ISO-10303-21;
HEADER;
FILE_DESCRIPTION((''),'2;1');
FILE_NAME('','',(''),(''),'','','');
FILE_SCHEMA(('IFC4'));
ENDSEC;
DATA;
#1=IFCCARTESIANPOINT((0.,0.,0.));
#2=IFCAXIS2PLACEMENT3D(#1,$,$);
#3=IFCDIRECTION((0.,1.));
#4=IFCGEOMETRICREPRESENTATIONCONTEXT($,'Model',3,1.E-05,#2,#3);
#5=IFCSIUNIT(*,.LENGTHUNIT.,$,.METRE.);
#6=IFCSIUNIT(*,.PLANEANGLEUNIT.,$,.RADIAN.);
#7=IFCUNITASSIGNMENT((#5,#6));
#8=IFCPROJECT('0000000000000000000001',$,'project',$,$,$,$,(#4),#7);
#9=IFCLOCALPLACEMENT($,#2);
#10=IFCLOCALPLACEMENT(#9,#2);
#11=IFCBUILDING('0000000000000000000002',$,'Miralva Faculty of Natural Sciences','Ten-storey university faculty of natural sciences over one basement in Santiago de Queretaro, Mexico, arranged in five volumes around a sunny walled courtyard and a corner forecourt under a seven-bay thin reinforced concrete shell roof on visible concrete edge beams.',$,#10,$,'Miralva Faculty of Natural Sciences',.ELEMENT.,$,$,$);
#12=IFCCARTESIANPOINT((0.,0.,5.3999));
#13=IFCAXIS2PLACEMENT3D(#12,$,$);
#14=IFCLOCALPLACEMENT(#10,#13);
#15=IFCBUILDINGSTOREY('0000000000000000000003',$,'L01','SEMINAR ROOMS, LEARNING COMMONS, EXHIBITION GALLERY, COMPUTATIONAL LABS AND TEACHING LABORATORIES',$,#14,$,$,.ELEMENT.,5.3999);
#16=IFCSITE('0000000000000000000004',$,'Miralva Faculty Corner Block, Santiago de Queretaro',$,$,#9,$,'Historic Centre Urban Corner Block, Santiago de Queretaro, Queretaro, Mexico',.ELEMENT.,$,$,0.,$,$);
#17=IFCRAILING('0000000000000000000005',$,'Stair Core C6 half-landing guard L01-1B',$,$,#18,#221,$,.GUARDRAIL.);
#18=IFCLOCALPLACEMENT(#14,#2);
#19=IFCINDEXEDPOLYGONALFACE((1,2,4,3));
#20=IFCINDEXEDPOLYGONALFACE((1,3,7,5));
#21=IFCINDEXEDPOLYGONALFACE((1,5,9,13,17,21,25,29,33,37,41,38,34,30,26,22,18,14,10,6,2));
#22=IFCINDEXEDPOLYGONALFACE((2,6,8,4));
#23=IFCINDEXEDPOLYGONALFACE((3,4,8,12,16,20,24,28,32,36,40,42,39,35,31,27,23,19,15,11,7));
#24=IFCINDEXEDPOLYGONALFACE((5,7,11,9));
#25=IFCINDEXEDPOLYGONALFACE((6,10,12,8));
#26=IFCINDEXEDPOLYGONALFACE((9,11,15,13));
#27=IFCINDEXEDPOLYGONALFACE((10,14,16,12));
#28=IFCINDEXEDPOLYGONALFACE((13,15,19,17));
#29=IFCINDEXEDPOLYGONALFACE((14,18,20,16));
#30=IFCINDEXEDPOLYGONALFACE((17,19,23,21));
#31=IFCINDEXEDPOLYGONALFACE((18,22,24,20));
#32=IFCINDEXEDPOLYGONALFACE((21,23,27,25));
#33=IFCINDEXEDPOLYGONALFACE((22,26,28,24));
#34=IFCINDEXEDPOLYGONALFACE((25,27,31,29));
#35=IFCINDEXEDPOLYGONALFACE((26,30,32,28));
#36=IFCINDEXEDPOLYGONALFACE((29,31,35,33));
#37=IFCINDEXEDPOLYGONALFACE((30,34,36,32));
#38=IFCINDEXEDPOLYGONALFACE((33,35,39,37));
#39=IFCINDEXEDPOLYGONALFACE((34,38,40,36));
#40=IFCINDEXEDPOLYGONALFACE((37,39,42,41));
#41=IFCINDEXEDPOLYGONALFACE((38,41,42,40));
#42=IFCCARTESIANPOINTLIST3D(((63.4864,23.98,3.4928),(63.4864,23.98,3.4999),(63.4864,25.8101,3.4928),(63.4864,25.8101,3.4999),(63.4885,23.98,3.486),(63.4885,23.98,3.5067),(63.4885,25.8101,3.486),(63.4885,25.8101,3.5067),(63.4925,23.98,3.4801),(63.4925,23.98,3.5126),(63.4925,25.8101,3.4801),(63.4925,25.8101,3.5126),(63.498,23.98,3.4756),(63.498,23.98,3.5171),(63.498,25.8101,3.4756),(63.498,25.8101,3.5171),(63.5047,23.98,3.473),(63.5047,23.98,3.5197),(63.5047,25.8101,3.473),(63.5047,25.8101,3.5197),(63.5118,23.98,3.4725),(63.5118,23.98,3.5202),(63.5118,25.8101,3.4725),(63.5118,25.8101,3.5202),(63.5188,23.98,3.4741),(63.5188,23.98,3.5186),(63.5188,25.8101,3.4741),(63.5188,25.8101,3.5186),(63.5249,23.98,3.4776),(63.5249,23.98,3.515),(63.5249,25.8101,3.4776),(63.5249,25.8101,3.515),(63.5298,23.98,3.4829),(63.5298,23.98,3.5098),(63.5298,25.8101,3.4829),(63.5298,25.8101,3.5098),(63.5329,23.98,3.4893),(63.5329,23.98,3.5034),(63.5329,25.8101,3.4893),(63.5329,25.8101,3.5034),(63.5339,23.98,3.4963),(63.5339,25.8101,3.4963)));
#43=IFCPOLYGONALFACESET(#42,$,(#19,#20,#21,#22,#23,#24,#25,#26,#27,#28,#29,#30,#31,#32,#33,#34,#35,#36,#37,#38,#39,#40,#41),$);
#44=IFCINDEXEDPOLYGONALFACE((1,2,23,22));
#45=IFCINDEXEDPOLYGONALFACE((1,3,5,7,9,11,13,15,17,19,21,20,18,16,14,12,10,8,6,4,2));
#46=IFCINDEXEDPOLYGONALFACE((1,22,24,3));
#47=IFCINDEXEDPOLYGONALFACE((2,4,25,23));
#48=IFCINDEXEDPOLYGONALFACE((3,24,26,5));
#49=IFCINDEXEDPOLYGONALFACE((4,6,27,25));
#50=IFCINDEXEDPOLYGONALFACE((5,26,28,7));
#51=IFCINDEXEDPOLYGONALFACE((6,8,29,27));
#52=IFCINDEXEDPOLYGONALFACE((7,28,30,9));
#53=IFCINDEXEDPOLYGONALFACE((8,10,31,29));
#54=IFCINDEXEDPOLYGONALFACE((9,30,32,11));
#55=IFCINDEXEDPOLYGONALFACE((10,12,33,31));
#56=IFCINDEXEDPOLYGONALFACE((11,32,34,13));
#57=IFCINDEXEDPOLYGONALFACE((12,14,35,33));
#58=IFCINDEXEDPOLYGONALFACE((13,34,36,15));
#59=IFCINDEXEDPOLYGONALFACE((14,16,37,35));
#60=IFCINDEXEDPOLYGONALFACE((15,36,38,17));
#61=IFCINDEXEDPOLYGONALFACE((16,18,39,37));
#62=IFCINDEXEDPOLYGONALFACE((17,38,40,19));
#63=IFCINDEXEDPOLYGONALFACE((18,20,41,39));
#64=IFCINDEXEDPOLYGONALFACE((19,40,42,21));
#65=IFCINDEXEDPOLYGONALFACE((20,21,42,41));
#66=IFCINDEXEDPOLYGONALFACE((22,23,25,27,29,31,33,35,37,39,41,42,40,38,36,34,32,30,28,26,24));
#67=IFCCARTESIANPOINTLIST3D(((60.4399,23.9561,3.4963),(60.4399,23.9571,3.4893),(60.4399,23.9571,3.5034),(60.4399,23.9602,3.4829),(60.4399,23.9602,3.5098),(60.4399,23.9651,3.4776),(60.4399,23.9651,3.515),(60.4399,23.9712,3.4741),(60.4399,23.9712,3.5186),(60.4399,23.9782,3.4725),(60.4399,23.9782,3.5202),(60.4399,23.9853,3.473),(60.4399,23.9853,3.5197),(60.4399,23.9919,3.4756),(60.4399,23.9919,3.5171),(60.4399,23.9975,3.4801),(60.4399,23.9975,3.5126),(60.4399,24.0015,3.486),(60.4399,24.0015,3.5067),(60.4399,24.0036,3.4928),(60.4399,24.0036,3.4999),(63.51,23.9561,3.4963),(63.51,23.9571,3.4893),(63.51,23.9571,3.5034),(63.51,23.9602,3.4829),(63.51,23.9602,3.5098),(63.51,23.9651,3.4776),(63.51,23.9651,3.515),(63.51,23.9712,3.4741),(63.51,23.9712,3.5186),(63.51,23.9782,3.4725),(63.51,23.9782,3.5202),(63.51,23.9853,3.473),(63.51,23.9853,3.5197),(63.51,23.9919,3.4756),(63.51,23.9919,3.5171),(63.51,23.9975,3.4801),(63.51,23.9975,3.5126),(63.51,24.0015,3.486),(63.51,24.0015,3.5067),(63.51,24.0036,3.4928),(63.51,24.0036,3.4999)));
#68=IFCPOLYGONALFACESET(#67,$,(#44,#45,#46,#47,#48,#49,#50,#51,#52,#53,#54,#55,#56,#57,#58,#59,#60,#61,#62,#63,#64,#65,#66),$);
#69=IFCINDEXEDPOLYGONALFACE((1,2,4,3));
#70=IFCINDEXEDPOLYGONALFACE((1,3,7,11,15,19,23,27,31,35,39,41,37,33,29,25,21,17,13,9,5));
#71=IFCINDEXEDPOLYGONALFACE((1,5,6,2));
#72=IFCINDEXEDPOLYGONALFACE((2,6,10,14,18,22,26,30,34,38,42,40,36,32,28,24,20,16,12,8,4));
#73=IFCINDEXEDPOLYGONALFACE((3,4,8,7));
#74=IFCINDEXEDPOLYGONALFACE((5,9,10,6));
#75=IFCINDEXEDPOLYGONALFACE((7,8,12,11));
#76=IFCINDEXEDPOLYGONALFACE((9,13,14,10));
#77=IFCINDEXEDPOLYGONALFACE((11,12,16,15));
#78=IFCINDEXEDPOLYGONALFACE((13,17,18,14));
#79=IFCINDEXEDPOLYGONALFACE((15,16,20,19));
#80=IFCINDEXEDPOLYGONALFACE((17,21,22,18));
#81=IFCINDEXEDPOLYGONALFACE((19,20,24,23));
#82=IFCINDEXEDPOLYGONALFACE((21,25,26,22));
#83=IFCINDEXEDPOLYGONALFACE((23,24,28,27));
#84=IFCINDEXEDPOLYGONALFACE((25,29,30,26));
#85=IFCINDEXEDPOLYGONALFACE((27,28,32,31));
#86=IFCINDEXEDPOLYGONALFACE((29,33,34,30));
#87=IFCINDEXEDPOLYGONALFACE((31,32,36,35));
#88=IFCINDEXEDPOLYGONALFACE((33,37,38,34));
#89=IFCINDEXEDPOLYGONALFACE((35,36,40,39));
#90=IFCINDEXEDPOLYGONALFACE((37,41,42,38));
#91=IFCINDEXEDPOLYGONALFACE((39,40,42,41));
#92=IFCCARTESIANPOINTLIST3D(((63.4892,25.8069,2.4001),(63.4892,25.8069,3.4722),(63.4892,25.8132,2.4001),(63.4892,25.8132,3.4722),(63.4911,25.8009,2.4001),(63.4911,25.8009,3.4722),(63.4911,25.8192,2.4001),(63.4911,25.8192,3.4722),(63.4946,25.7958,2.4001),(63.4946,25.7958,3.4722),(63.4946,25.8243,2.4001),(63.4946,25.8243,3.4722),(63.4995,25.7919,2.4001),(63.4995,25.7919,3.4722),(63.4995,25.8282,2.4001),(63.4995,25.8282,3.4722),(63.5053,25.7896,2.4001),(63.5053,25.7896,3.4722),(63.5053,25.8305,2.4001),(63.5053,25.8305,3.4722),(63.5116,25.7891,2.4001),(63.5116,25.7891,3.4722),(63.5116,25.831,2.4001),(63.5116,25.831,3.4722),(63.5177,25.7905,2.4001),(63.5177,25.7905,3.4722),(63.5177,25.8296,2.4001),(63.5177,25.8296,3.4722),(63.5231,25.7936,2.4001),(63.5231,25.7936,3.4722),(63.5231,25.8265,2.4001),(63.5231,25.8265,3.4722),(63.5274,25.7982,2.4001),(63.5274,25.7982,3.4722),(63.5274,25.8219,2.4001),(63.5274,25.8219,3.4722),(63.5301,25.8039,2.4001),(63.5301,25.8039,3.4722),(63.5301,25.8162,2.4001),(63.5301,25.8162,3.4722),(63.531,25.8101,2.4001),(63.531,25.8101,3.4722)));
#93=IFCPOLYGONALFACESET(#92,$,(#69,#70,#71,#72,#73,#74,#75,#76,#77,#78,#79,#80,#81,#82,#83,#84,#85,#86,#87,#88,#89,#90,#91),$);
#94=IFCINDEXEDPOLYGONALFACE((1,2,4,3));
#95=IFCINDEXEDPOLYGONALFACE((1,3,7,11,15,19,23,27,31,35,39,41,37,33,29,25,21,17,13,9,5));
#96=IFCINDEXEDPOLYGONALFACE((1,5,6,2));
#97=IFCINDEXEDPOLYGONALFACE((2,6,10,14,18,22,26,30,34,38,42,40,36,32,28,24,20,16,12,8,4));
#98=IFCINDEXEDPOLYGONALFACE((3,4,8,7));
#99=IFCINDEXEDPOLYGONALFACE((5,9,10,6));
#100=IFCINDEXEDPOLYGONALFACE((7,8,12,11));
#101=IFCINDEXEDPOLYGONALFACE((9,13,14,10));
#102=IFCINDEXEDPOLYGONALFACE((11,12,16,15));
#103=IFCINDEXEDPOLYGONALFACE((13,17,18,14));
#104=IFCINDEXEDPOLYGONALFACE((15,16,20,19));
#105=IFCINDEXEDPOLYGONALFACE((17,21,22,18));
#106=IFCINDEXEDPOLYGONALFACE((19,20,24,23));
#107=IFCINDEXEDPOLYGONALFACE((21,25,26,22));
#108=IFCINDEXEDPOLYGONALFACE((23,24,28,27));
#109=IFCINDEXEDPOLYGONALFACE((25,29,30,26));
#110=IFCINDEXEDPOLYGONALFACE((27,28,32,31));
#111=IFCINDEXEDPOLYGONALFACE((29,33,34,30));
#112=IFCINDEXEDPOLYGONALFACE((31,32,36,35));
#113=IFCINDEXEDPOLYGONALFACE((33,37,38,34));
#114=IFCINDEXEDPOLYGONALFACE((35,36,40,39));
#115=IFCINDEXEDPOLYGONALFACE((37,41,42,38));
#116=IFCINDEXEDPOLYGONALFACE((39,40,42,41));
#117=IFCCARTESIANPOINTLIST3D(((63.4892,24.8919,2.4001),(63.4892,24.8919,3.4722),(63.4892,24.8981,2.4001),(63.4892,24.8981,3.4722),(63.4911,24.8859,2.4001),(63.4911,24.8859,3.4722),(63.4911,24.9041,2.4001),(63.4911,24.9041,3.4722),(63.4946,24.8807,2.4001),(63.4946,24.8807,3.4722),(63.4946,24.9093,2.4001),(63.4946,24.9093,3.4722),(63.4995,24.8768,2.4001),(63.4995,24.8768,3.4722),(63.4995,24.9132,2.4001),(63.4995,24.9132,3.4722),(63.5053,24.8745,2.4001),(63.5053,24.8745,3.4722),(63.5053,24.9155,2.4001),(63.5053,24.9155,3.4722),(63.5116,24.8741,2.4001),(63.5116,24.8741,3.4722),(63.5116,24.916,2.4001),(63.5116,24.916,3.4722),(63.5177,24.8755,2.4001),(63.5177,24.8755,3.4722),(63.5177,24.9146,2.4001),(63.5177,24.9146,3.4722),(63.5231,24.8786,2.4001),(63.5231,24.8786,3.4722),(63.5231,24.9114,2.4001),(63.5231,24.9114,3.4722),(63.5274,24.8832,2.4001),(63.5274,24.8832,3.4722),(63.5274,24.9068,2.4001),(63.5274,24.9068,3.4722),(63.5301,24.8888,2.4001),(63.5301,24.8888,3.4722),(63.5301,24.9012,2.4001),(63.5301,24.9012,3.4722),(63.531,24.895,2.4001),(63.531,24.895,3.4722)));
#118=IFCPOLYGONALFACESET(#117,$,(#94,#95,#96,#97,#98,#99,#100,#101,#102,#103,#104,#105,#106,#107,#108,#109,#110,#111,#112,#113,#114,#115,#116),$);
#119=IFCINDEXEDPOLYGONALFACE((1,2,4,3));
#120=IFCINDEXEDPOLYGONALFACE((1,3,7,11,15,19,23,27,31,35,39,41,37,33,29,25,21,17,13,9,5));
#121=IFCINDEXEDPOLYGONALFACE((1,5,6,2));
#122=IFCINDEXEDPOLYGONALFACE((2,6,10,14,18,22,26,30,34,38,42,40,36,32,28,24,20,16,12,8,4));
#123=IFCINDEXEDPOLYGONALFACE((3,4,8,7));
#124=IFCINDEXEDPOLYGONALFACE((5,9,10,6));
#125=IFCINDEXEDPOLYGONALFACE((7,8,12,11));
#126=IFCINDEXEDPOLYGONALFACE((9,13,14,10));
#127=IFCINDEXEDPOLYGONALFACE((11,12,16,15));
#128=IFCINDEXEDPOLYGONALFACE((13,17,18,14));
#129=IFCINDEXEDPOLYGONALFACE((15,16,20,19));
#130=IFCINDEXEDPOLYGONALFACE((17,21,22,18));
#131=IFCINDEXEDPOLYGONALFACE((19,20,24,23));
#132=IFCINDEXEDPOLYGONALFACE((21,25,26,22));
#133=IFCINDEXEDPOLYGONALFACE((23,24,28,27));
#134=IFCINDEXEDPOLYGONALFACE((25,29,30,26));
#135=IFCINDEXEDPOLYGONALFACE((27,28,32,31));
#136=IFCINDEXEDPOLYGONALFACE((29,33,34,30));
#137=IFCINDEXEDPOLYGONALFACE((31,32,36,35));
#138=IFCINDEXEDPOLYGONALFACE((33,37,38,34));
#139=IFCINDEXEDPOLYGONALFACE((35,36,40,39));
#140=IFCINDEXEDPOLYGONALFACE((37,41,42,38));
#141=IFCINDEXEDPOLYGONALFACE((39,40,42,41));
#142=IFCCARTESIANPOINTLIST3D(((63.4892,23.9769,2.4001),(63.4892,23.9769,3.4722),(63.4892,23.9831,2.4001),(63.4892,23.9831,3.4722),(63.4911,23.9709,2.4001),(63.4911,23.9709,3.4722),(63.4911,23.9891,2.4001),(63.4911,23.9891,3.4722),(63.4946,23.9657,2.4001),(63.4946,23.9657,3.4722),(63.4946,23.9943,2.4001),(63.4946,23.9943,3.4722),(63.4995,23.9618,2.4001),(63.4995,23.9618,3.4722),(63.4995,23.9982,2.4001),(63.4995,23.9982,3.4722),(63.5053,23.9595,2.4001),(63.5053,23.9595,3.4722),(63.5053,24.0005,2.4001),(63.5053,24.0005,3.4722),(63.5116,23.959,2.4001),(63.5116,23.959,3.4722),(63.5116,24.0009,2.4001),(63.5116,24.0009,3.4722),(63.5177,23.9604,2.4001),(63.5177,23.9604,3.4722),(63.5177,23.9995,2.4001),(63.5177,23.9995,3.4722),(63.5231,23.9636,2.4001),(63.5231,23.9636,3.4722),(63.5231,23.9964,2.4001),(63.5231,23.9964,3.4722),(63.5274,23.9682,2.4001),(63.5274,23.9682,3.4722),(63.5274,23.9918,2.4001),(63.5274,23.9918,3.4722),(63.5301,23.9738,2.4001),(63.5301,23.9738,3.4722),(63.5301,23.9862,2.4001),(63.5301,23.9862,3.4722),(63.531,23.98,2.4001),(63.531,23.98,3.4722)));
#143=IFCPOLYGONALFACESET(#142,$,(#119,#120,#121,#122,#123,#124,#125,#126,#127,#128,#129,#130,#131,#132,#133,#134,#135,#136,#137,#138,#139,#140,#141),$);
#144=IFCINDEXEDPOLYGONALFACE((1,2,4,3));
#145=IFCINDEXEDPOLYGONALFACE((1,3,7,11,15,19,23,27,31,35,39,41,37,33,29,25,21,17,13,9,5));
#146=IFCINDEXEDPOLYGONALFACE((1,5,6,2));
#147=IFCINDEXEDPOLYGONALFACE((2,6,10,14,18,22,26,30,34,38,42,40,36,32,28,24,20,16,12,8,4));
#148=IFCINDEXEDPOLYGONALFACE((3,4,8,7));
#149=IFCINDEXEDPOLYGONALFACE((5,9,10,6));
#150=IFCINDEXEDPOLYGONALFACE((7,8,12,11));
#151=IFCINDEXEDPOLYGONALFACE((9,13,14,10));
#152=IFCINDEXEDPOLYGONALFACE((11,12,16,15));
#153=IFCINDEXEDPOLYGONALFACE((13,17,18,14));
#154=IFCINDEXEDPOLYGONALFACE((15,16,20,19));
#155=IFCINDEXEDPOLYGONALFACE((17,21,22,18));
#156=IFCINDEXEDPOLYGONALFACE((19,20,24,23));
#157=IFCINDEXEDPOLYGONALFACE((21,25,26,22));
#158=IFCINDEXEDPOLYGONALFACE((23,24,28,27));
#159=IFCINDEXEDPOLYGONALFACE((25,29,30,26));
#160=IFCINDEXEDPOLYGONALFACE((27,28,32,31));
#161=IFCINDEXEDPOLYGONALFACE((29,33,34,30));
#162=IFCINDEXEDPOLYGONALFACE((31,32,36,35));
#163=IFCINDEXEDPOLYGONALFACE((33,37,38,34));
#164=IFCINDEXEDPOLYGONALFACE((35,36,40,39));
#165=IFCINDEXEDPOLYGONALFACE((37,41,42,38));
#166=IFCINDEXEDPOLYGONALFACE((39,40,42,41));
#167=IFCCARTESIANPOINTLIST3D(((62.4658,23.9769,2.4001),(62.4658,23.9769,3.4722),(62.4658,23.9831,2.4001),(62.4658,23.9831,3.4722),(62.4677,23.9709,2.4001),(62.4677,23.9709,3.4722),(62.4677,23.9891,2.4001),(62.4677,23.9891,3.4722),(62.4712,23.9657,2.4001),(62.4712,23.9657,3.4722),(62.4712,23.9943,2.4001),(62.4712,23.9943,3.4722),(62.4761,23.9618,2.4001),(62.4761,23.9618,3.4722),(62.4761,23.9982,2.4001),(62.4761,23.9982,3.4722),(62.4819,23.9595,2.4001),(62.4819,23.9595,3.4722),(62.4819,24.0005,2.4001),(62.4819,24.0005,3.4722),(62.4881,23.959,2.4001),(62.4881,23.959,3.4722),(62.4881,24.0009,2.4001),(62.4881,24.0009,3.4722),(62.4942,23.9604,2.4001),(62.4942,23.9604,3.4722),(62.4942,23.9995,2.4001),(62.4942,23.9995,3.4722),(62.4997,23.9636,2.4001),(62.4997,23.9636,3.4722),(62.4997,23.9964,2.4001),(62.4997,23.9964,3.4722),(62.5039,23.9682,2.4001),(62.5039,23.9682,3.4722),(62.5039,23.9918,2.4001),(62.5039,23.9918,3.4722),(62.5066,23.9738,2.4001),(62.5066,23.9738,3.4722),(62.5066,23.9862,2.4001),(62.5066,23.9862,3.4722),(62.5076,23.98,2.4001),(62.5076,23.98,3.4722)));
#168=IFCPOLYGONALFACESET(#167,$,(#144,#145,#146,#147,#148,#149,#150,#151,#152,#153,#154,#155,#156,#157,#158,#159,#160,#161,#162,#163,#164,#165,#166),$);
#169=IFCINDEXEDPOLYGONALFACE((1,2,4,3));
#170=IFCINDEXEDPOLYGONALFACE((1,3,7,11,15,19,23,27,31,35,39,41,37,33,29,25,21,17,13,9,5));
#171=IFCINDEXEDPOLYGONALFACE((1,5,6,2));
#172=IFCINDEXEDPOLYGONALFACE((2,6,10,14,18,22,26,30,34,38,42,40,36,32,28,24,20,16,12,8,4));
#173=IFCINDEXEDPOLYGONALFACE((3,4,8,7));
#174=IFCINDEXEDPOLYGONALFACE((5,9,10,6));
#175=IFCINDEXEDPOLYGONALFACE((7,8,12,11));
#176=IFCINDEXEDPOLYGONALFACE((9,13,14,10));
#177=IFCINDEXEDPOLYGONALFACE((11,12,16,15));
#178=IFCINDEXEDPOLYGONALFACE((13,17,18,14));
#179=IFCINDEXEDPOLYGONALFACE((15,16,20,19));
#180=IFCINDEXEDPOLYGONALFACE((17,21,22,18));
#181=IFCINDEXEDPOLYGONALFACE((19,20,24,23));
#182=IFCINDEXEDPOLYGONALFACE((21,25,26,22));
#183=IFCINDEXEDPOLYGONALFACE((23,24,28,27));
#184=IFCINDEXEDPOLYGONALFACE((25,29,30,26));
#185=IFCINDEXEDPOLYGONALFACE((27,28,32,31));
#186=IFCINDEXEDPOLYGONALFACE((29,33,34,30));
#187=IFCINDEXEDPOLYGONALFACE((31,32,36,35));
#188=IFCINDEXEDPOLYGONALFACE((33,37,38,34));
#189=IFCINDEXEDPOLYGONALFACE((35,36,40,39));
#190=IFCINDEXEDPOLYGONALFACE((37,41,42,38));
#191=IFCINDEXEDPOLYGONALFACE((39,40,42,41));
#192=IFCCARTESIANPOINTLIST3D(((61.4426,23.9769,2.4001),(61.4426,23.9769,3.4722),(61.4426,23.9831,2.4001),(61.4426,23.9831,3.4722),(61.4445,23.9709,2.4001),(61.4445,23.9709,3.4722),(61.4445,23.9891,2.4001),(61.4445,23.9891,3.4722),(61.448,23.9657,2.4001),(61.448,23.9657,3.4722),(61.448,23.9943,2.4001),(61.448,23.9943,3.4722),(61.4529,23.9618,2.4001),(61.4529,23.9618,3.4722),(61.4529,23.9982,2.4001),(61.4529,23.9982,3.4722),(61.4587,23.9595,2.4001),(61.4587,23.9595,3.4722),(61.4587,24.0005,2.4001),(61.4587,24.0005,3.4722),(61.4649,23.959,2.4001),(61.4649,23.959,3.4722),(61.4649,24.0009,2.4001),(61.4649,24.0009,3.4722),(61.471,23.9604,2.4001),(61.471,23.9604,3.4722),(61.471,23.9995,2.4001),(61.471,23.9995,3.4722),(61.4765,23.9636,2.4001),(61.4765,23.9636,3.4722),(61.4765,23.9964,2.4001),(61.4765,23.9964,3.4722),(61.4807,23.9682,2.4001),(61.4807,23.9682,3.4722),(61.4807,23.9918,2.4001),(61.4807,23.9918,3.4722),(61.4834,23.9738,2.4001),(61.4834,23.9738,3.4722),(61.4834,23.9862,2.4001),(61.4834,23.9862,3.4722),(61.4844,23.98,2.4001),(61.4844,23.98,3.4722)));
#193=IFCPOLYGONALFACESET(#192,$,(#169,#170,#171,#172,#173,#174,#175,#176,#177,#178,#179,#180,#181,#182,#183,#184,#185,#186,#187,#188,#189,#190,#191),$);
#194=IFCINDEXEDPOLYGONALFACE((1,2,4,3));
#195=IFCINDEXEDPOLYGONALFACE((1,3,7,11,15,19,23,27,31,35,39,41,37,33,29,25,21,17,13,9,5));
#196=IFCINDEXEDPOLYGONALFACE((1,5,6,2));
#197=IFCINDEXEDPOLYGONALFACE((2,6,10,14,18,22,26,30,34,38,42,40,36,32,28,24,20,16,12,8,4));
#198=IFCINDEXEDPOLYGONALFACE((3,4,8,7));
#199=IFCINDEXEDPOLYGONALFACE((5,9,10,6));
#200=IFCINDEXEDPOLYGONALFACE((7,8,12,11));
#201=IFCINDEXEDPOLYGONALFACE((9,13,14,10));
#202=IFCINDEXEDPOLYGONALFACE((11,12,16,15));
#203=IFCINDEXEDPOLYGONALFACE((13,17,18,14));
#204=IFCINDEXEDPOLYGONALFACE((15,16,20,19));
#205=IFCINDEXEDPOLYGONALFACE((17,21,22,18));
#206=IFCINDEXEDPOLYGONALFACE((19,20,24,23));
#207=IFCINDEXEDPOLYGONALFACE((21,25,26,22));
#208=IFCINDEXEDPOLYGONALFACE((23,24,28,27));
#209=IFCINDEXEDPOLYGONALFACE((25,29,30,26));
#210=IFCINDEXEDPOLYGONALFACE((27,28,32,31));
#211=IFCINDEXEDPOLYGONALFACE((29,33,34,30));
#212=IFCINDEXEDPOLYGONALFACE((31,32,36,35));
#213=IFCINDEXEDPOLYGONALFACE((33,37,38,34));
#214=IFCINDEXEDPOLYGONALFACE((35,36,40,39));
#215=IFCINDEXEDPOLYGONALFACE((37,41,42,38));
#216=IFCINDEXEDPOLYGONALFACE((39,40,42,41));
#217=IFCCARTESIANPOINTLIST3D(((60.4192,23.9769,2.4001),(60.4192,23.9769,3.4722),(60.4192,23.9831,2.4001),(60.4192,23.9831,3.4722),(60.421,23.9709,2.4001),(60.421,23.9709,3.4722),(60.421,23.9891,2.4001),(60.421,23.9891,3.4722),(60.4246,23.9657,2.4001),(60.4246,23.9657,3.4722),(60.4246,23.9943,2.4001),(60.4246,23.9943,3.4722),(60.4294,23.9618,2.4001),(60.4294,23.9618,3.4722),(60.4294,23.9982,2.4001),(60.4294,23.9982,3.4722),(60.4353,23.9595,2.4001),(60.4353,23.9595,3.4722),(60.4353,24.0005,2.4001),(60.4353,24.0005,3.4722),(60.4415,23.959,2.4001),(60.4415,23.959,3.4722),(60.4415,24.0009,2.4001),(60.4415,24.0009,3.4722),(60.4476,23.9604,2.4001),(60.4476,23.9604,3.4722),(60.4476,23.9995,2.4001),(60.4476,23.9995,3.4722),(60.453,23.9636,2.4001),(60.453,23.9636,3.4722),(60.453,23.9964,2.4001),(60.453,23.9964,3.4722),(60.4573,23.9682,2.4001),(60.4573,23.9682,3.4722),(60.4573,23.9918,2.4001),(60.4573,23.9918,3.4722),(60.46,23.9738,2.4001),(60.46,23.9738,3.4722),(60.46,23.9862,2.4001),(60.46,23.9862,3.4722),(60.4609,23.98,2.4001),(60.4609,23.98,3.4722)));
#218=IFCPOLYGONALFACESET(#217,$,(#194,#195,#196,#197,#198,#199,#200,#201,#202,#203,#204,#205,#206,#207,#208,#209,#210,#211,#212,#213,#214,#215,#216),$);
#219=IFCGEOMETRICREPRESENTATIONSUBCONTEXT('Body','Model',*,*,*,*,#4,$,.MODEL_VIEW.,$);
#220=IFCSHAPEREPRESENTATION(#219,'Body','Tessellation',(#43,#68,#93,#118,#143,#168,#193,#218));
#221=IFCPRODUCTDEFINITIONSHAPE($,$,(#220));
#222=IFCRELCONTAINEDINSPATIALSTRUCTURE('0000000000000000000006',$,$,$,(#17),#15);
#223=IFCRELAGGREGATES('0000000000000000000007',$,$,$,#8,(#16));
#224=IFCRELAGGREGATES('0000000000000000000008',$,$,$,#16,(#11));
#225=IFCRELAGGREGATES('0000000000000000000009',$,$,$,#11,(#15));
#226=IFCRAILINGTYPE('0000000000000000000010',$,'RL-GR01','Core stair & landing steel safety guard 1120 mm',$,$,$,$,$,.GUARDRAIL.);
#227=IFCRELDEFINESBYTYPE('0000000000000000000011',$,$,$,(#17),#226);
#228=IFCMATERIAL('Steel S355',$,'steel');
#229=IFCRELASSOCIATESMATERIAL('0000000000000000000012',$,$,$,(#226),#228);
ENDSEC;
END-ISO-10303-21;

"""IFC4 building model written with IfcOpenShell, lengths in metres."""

from ifc_helpers import new_model, si_unit, direction, frame, origin, origin_2d, place, context, subcontext, project, spatial, circle, extrude, material, type_object, element, save


model = new_model("IFC4")

# Units and contexts
model_context = context("Model", 3, precision=1e-05, world=origin(), true_north=direction((0.0, 1.0)))
body_context = subcontext(model_context, "Body", "Model", "MODEL_VIEW")
ifc_project = project(units=[si_unit("LENGTHUNIT", "METRE"), si_unit("PLANEANGLEUNIT", "RADIAN")], contexts=[model_context])

# Site, building, storey
site_placement = place(None, origin())
site = spatial("IfcSite", under=ifc_project, at=site_placement, Name="Miralva Faculty Corner Block, Santiago de Queretaro", LongName="Historic Centre Urban Corner Block, Santiago de Queretaro, Queretaro, Mexico", CompositionType="ELEMENT", RefElevation=0.0)
building_placement = place(site_placement, origin())
building = spatial("IfcBuilding", under=site, at=building_placement, Name="Miralva Faculty of Natural Sciences", Description="Ten-storey university faculty of natural sciences over one basement in Santiago de Queretaro, Mexico, arranged in five volumes around a sunny walled courtyard and a corner forecourt under a seven-bay thin reinforced concrete shell roof on visible concrete edge beams.", LongName="Miralva Faculty of Natural Sciences", CompositionType="ELEMENT")
storey_placement = place(building_placement, frame((0.0, 0.0, 5.3999)))
storey = spatial("IfcBuildingStorey", under=building, at=storey_placement, Name="L01", Description="SEMINAR ROOMS, LEARNING COMMONS, EXHIBITION GALLERY, COMPUTATIONAL LABS AND TEACHING LABORATORIES", CompositionType="ELEMENT", Elevation=5.3999)

# Railing
ifc_material_1 = material(Name="Steel S355", Category="steel")
railing_type_1 = type_object("IfcRailingType", Name="RL-GR01", Description="Core stair & landing steel safety guard 1120 mm", PredefinedType="GUARDRAIL", material=ifc_material_1)
railing_1_placement = place(storey_placement, frame((63.51, 25.8101, 2.4001)))
element("IfcRailing", 1, at=railing_1_placement, inside=storey, type_object=railing_type_1, Name="Stair Core C6 half-landing guard L01-1B", PredefinedType="GUARDRAIL", context=body_context, shape_type="SweptSolid", body=[
    extrude(circle(Radius=0.0239, at=origin_2d()), frame((0.0, 0.0, 1.0962), z_axis=(0.0, -1.0, 0.0), x_axis=(1.0, 0.0, 0.0)), (0.0, 0.0, 1.0), 1.8301),
    extrude(circle(Radius=0.0239, at=origin_2d()), frame((0.0, -1.8301, 1.0962), z_axis=(-1.0, 0.0, 0.0), x_axis=(0.0, -1.0, 0.0)), (0.0, 0.0, 1.0), 3.0701),
    extrude(circle(Radius=0.021, at=origin_2d()), origin(), (0.0, 0.0, 1.0), 1.072),
    extrude(circle(Radius=0.021, at=origin_2d()), frame((0.0, -0.915, 0.0)), (0.0, 0.0, 1.0), 1.072),
    extrude(circle(Radius=0.021, at=origin_2d()), frame((0.0, -1.8301, 0.0)), (0.0, 0.0, 1.0), 1.072),
    extrude(circle(Radius=0.021, at=origin_2d()), frame((-1.0234, -1.8301, 0.0)), (0.0, 0.0, 1.0), 1.072),
    extrude(circle(Radius=0.021, at=origin_2d()), frame((-2.0466, -1.8301, 0.0)), (0.0, 0.0, 1.0), 1.072),
    extrude(circle(Radius=0.021, at=origin_2d()), frame((-3.0701, -1.8301, 0.0)), (0.0, 0.0, 1.0), 1.072),
])

save(model, "model.ifc")
